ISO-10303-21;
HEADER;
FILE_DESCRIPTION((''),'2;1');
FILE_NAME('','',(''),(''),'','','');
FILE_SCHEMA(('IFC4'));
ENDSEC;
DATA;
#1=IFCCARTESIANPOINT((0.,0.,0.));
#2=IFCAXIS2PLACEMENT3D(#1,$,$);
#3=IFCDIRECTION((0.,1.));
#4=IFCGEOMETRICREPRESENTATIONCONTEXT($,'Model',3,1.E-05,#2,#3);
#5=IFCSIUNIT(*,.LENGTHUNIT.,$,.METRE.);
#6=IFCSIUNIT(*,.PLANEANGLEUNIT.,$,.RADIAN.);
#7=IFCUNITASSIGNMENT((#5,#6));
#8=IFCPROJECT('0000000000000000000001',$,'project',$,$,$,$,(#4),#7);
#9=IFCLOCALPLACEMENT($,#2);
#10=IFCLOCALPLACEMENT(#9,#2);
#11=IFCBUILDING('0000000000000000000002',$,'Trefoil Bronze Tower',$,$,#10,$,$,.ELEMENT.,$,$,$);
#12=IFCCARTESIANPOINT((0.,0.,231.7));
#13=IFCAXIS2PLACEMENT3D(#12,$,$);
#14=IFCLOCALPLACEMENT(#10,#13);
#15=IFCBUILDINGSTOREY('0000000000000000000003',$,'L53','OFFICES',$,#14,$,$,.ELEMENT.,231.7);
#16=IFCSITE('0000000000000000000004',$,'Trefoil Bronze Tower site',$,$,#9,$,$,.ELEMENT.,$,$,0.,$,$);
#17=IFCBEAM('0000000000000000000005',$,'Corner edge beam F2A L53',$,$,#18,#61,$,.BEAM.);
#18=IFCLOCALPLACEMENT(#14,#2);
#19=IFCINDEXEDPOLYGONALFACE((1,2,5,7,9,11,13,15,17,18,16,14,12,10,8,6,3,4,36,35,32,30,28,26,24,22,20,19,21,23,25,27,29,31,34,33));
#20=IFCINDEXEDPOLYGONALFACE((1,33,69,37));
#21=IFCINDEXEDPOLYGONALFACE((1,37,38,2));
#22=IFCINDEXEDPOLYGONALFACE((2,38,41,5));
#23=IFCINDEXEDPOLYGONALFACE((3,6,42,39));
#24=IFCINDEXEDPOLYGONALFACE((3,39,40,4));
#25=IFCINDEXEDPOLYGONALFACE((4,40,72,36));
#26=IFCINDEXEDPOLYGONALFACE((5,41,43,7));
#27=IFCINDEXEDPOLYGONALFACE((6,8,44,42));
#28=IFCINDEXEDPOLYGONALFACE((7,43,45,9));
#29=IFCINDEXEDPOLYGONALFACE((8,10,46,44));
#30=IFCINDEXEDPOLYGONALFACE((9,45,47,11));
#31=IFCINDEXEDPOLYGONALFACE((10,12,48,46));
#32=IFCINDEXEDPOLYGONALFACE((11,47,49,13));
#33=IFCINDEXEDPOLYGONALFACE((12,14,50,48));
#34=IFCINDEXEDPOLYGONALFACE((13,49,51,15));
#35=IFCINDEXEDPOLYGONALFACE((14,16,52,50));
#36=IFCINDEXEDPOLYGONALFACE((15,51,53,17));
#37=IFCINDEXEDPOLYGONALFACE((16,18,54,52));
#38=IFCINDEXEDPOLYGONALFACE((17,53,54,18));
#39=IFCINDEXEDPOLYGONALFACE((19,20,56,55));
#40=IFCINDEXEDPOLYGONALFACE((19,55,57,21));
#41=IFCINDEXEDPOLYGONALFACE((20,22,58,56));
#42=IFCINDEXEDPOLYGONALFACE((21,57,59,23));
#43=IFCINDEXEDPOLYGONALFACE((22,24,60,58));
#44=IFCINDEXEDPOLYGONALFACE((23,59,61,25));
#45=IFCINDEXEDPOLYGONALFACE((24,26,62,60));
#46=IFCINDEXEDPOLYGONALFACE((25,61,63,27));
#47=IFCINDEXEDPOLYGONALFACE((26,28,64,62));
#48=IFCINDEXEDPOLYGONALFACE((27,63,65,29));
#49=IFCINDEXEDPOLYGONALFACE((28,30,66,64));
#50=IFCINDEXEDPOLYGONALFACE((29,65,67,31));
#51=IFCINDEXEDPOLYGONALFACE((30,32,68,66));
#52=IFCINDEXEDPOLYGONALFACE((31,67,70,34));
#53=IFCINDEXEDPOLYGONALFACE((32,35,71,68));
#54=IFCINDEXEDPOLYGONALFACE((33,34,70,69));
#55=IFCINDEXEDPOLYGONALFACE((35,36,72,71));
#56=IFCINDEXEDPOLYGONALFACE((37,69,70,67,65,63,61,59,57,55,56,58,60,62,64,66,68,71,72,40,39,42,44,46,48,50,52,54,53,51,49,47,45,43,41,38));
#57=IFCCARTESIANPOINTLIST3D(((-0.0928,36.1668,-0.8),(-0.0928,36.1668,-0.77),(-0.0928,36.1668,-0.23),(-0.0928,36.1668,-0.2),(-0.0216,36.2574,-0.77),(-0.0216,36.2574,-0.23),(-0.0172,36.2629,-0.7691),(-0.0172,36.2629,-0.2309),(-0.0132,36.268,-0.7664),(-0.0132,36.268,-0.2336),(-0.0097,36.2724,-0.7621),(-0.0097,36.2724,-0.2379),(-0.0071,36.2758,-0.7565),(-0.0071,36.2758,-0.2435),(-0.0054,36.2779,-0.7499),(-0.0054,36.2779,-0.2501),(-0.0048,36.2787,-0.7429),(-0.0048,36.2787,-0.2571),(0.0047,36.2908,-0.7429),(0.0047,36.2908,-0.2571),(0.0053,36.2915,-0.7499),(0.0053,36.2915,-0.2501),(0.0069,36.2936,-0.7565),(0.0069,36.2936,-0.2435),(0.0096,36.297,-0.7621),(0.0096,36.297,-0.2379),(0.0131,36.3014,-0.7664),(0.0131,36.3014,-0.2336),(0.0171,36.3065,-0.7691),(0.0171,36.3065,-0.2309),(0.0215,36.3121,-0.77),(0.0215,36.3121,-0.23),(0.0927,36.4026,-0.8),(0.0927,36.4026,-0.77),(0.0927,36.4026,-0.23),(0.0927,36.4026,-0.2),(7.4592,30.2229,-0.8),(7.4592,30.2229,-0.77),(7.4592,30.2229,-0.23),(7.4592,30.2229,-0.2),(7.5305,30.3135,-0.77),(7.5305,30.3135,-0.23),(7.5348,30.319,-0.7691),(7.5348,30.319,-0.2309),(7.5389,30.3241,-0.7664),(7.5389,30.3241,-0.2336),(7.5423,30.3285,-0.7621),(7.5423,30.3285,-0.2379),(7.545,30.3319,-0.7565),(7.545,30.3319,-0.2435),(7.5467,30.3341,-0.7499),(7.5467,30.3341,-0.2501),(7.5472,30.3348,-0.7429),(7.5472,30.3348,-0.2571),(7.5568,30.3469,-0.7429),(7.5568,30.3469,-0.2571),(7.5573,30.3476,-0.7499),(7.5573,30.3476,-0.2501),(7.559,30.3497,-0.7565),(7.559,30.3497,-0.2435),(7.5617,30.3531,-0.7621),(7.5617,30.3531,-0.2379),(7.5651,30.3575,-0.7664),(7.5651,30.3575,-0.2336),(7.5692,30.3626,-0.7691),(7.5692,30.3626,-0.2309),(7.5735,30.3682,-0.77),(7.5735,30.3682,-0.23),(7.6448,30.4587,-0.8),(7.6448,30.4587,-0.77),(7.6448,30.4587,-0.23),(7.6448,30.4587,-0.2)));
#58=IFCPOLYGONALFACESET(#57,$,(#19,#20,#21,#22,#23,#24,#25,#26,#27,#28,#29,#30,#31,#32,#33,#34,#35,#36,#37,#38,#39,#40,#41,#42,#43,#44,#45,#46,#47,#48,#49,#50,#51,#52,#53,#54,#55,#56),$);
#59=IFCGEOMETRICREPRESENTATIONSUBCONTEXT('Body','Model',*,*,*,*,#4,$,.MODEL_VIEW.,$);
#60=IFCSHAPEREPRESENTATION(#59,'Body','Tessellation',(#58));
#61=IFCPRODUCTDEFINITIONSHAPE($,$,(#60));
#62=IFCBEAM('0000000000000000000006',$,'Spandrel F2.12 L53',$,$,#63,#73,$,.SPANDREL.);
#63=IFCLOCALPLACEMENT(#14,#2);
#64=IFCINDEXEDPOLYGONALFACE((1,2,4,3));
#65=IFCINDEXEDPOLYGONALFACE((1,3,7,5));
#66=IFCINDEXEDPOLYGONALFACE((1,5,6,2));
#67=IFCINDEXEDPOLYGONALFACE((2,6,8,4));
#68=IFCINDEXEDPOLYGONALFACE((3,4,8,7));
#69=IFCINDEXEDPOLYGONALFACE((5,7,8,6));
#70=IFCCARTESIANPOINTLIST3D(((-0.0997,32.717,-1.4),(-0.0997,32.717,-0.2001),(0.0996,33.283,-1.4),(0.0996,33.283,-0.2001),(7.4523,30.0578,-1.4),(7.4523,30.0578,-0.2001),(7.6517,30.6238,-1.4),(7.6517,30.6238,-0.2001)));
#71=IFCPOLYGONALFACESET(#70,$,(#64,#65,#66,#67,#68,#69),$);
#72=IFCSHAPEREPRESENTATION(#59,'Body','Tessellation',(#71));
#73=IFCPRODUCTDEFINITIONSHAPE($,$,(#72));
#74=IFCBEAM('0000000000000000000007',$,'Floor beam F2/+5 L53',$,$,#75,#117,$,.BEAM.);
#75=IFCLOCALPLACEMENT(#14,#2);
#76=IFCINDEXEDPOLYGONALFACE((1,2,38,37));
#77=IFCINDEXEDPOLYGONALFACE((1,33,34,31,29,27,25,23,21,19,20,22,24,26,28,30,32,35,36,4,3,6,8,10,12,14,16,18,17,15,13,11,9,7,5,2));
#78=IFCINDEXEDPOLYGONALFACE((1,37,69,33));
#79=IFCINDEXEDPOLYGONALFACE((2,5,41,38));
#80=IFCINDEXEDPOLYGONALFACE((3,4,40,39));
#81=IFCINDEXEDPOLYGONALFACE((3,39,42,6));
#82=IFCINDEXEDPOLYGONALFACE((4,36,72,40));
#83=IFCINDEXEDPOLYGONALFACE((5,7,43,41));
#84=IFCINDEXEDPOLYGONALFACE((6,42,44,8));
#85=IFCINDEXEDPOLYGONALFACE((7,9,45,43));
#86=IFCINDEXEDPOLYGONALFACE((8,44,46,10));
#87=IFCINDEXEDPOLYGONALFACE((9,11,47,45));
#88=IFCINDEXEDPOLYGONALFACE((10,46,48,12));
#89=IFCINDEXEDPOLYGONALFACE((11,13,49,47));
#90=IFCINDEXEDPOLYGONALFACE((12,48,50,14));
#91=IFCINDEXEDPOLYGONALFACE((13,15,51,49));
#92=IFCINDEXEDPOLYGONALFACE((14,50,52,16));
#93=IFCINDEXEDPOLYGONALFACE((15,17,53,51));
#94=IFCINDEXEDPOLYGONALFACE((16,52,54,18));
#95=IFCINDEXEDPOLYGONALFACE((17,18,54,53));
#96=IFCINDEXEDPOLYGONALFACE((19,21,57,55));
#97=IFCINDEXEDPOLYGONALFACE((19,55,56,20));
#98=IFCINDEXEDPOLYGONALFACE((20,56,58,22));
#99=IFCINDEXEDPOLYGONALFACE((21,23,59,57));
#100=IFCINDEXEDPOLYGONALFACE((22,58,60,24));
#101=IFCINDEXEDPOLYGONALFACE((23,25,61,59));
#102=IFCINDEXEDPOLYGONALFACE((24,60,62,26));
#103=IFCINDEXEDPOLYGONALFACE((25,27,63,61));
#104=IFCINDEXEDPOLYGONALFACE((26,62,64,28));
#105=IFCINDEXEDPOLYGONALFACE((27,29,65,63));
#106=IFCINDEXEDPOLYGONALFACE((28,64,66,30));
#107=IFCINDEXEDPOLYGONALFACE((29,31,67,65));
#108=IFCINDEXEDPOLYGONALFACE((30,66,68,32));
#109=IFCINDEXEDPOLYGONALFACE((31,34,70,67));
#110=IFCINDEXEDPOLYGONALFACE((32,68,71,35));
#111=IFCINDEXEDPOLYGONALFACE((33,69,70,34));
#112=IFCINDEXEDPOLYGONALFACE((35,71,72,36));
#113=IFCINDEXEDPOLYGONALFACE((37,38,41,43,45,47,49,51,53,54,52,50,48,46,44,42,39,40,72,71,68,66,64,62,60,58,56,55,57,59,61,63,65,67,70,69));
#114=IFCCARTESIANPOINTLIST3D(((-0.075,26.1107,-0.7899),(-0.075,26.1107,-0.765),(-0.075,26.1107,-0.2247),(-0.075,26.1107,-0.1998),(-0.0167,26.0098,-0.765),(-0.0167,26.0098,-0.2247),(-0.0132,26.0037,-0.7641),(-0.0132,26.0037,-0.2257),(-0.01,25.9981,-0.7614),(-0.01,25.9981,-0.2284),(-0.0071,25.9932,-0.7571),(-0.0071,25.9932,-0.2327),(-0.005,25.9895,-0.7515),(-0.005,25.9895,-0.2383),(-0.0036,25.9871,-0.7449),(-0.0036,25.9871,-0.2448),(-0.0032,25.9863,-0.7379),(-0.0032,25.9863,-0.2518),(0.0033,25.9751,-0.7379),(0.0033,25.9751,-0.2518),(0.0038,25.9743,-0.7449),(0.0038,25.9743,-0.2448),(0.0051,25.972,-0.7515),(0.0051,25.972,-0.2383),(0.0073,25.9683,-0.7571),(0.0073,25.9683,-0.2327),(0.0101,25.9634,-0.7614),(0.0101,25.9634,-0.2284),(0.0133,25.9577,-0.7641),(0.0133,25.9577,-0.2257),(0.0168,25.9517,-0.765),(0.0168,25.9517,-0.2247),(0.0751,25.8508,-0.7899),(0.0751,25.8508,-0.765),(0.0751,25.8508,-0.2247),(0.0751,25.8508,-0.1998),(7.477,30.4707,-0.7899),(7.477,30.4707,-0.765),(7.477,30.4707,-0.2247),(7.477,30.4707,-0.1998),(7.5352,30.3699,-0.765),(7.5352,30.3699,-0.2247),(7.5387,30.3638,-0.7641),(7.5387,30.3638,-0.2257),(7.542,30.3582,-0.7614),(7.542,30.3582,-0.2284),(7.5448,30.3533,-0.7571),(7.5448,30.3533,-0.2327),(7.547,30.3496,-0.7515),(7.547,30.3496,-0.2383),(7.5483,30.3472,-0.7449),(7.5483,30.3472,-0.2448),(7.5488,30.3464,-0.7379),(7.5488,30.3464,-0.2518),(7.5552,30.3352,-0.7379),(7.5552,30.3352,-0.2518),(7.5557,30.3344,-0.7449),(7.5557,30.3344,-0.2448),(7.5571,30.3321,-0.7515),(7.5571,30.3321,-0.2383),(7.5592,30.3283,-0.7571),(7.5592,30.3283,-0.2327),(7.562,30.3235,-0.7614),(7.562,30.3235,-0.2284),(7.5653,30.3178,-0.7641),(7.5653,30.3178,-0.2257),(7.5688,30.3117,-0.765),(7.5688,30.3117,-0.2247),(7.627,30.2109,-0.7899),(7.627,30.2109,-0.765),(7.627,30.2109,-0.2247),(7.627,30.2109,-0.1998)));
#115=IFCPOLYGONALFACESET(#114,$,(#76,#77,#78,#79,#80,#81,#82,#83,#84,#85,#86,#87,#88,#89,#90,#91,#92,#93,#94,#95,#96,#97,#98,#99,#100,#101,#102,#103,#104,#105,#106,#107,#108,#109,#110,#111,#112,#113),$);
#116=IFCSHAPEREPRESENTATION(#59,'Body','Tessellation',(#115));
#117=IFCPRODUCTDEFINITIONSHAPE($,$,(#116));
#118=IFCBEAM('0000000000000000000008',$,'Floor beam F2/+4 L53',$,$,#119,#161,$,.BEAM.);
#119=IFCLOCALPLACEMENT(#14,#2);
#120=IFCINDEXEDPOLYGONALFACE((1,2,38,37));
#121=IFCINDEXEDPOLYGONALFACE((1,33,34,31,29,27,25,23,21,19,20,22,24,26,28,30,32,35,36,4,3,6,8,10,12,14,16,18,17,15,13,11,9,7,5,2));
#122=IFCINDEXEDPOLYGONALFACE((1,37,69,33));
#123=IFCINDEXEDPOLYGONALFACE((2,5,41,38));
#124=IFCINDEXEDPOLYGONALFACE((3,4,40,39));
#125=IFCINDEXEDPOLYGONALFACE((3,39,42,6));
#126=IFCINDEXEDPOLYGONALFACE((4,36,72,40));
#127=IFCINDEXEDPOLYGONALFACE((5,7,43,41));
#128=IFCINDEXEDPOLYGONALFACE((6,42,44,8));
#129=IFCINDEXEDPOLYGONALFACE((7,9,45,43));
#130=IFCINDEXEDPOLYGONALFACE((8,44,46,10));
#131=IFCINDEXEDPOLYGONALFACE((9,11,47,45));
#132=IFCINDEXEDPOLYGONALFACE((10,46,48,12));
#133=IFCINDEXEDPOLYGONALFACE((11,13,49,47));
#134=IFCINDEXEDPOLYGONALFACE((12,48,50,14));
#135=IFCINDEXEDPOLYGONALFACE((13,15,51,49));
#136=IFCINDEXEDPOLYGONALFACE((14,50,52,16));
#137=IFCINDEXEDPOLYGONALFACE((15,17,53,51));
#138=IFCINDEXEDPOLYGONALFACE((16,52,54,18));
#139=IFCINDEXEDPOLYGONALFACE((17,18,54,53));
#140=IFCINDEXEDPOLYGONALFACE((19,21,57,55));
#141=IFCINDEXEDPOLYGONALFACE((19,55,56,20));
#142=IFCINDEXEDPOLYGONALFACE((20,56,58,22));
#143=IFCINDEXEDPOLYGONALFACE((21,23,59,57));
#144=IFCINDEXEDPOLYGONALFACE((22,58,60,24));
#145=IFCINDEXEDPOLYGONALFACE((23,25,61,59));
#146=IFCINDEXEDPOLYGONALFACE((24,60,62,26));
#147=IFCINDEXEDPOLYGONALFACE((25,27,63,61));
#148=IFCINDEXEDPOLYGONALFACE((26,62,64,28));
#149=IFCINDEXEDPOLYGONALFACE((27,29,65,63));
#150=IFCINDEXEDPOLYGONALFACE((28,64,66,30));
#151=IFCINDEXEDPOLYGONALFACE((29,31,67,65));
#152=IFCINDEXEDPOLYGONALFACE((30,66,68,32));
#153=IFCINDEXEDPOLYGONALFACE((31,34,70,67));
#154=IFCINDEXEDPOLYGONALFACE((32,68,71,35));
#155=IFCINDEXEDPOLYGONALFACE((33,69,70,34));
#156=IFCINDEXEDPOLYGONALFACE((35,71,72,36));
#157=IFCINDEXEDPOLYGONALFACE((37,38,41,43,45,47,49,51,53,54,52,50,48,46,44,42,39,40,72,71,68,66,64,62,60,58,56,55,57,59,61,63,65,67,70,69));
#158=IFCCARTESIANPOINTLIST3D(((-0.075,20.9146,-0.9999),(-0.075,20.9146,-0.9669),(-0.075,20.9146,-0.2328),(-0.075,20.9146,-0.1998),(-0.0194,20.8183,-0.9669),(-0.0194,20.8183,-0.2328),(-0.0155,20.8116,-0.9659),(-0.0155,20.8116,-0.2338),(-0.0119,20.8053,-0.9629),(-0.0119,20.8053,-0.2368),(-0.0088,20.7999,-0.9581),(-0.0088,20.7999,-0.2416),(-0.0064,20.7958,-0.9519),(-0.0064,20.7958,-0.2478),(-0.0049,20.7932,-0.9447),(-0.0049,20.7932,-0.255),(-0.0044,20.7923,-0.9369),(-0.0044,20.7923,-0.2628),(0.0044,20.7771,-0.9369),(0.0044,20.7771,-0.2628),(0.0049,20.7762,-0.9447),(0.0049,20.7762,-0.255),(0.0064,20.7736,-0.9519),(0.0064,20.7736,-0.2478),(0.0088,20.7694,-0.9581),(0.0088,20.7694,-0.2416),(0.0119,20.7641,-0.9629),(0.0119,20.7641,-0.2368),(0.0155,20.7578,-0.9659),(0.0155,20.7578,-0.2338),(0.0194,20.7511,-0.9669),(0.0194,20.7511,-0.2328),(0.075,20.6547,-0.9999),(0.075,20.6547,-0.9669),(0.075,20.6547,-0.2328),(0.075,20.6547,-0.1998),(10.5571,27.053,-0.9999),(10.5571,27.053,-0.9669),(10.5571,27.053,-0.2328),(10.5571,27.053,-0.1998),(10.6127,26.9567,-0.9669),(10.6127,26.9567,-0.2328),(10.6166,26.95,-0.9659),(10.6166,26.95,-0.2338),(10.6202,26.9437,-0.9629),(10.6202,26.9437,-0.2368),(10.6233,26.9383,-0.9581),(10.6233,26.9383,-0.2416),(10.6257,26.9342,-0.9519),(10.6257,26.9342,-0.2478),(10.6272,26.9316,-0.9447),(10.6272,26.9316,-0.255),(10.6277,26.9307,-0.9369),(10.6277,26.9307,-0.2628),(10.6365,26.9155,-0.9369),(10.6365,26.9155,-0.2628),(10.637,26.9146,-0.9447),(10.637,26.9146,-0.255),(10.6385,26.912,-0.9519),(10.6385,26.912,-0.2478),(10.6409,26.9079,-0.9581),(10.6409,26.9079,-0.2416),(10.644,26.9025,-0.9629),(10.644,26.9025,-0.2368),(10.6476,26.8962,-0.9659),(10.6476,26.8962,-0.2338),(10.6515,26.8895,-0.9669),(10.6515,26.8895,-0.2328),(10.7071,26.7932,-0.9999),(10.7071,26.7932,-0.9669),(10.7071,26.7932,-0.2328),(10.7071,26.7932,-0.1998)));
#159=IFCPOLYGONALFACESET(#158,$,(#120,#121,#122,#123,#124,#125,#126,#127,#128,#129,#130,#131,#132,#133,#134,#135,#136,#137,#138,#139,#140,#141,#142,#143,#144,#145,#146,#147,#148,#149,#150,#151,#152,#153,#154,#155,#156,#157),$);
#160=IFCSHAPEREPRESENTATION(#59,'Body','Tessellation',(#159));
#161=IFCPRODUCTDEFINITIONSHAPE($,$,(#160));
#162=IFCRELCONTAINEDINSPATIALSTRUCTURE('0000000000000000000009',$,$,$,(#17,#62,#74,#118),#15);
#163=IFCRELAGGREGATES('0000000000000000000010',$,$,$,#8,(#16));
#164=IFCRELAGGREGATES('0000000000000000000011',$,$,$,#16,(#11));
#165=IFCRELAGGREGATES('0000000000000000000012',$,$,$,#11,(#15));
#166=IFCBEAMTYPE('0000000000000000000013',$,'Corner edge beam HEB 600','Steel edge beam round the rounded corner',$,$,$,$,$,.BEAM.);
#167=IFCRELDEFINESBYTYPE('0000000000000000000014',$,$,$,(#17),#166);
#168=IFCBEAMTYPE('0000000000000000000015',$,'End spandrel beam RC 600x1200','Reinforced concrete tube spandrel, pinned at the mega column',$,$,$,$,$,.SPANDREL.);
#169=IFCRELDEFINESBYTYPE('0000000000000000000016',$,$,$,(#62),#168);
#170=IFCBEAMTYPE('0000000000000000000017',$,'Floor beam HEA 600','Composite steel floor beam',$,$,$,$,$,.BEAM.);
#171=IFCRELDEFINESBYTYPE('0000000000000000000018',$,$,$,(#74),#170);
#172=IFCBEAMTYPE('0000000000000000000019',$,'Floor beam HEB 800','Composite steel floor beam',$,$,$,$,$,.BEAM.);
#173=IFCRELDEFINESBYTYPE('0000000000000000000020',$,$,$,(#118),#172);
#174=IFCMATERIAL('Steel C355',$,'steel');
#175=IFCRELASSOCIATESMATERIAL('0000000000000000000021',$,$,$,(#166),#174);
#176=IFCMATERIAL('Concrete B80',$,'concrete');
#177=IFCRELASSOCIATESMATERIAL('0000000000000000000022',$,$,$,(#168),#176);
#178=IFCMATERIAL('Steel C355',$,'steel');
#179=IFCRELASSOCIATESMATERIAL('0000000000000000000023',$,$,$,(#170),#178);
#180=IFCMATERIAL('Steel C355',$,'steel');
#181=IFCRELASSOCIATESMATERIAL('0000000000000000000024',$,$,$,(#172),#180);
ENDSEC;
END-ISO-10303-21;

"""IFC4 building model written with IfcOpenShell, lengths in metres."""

from ifc_helpers import new_model, si_unit, direction, frame, origin, origin_2d, place, context, subcontext, project, spatial, rectangle, i_section, extrude, material, material_profile, profile_set, type_object, element, save


model = new_model("IFC4")

# Units and contexts
model_context = context("Model", 3, precision=1e-05, world=origin(), true_north=direction((0.0, 1.0)))
body_context = subcontext(model_context, "Body", "Model", "MODEL_VIEW")
ifc_project = project(units=[si_unit("LENGTHUNIT", "METRE"), si_unit("PLANEANGLEUNIT", "RADIAN")], contexts=[model_context])

# Site, building, storey
site_placement = place(None, origin())
site = spatial("IfcSite", under=ifc_project, at=site_placement, Name="Trefoil Bronze Tower site", CompositionType="ELEMENT", RefElevation=0.0)
building_placement = place(site_placement, origin())
building = spatial("IfcBuilding", under=site, at=building_placement, Name="Trefoil Bronze Tower", CompositionType="ELEMENT")
storey_placement = place(building_placement, frame((0.0, 0.0, 231.7)))
storey = spatial("IfcBuildingStorey", under=building, at=storey_placement, Name="L53", Description="OFFICES", CompositionType="ELEMENT", Elevation=231.7)

# Beams
ifc_material_1 = material(Name="Steel C355", Category="steel")
ifc_material_profile_1 = material_profile(ifc_material_1, i_section(OverallWidth=0.3, OverallDepth=0.6001, WebThickness=0.0154, FlangeThickness=0.03, FilletRadius=0.0271, at=origin_2d()), Name="HEB 600")
ifc_profile_set_1 = profile_set([ifc_material_profile_1], Name="Steel C355")
beam_type_1 = type_object("IfcBeamType", Name="Corner edge beam HEB 600", Description="Steel edge beam round the rounded corner", PredefinedType="BEAM", material=ifc_profile_set_1)
beam_1_placement = place(storey_placement, frame((7.552, 30.3408, -0.5), z_axis=(-0.785806, 0.618473, 0.0), x_axis=(-0.618473, -0.785806, 0.0)))
element("IfcBeam", 1, at=beam_1_placement, inside=storey, type_object=beam_type_1, Name="Corner edge beam F2A L53", PredefinedType="BEAM", context=body_context, shape_type="SweptSolid", body=[
    extrude(i_section(OverallWidth=0.3, OverallDepth=0.6001, WebThickness=0.0154, FlangeThickness=0.03, FilletRadius=0.0271, at=origin_2d()), origin(), (0.0, 0.0, 1.0), 9.6106),
])
ifc_material_2 = material(Name="Concrete B80", Category="concrete")
ifc_material_profile_2 = material_profile(ifc_material_2, rectangle(XDim=0.6001, YDim=1.2, at=origin_2d()), Name="RC 600x1200")
ifc_profile_set_2 = profile_set([ifc_material_profile_2], Name="Concrete B80")
beam_type_2 = type_object("IfcBeamType", Name="End spandrel beam RC 600x1200", Description="Reinforced concrete tube spandrel, pinned at the mega column", PredefinedType="SPANDREL", material=ifc_profile_set_2)
beam_2_placement = place(storey_placement, frame((7.552, 30.3408, -0.8), z_axis=(-0.943234, 0.332128, 0.0), x_axis=(-0.332128, -0.943234, 0.0)))
element("IfcBeam", 2, at=beam_2_placement, inside=storey, type_object=beam_type_2, Name="Spandrel F2.12 L53", PredefinedType="SPANDREL", context=body_context, shape_type="SweptSolid", body=[
    extrude(rectangle(XDim=0.6001, YDim=1.2, at=origin_2d()), origin(), (0.0, 0.0, 1.0), 8.0066),
])
ifc_material_3 = material(Name="Steel C355", Category="steel")
ifc_material_profile_3 = material_profile(ifc_material_3, i_section(OverallWidth=0.3, OverallDepth=0.5901, WebThickness=0.0129, FlangeThickness=0.0249, FilletRadius=0.0271, at=origin_2d()), Name="HEA 600")
ifc_profile_set_3 = profile_set([ifc_material_profile_3], Name="Steel C355")
beam_type_3 = type_object("IfcBeamType", Name="Floor beam HEA 600", Description="Composite steel floor beam", PredefinedType="BEAM", material=ifc_profile_set_3)
beam_3_placement = place(storey_placement, frame((7.552, 30.3408, -0.4949), z_axis=(-0.866028, -0.499996, 0.0), x_axis=(0.499996, -0.866028, 0.0)))
element("IfcBeam", 3, at=beam_3_placement, inside=storey, type_object=beam_type_3, Name="Floor beam F2/+5 L53", PredefinedType="BEAM", context=body_context, shape_type="SweptSolid", body=[
    extrude(i_section(OverallWidth=0.3, OverallDepth=0.5901, WebThickness=0.0129, FlangeThickness=0.0249, FilletRadius=0.0271, at=origin_2d()), origin(), (0.0, 0.0, 1.0), 8.7202),
])
ifc_material_4 = material(Name="Steel C355", Category="steel")
ifc_material_profile_4 = material_profile(ifc_material_4, i_section(OverallWidth=0.3, OverallDepth=0.8, WebThickness=0.0176, FlangeThickness=0.033, FilletRadius=0.03, at=origin_2d()), Name="HEB 800")
ifc_profile_set_4 = profile_set([ifc_material_profile_4], Name="Steel C355")
beam_type_4 = type_object("IfcBeamType", Name="Floor beam HEB 800", Description="Composite steel floor beam", PredefinedType="BEAM", material=ifc_profile_set_4)
beam_4_placement = place(storey_placement, frame((10.6321, 26.9231, -0.5999), z_axis=(-0.866026, -0.5, 0.0), x_axis=(0.5, -0.866026, 0.0)))
element("IfcBeam", 4, at=beam_4_placement, inside=storey, type_object=beam_type_4, Name="Floor beam F2/+4 L53", PredefinedType="BEAM", context=body_context, shape_type="SweptSolid", body=[
    extrude(i_section(OverallWidth=0.3, OverallDepth=0.8, WebThickness=0.0176, FlangeThickness=0.033, FilletRadius=0.03, at=origin_2d()), origin(), (0.0, 0.0, 1.0), 12.2769),
])

save(model, "model.ifc")
